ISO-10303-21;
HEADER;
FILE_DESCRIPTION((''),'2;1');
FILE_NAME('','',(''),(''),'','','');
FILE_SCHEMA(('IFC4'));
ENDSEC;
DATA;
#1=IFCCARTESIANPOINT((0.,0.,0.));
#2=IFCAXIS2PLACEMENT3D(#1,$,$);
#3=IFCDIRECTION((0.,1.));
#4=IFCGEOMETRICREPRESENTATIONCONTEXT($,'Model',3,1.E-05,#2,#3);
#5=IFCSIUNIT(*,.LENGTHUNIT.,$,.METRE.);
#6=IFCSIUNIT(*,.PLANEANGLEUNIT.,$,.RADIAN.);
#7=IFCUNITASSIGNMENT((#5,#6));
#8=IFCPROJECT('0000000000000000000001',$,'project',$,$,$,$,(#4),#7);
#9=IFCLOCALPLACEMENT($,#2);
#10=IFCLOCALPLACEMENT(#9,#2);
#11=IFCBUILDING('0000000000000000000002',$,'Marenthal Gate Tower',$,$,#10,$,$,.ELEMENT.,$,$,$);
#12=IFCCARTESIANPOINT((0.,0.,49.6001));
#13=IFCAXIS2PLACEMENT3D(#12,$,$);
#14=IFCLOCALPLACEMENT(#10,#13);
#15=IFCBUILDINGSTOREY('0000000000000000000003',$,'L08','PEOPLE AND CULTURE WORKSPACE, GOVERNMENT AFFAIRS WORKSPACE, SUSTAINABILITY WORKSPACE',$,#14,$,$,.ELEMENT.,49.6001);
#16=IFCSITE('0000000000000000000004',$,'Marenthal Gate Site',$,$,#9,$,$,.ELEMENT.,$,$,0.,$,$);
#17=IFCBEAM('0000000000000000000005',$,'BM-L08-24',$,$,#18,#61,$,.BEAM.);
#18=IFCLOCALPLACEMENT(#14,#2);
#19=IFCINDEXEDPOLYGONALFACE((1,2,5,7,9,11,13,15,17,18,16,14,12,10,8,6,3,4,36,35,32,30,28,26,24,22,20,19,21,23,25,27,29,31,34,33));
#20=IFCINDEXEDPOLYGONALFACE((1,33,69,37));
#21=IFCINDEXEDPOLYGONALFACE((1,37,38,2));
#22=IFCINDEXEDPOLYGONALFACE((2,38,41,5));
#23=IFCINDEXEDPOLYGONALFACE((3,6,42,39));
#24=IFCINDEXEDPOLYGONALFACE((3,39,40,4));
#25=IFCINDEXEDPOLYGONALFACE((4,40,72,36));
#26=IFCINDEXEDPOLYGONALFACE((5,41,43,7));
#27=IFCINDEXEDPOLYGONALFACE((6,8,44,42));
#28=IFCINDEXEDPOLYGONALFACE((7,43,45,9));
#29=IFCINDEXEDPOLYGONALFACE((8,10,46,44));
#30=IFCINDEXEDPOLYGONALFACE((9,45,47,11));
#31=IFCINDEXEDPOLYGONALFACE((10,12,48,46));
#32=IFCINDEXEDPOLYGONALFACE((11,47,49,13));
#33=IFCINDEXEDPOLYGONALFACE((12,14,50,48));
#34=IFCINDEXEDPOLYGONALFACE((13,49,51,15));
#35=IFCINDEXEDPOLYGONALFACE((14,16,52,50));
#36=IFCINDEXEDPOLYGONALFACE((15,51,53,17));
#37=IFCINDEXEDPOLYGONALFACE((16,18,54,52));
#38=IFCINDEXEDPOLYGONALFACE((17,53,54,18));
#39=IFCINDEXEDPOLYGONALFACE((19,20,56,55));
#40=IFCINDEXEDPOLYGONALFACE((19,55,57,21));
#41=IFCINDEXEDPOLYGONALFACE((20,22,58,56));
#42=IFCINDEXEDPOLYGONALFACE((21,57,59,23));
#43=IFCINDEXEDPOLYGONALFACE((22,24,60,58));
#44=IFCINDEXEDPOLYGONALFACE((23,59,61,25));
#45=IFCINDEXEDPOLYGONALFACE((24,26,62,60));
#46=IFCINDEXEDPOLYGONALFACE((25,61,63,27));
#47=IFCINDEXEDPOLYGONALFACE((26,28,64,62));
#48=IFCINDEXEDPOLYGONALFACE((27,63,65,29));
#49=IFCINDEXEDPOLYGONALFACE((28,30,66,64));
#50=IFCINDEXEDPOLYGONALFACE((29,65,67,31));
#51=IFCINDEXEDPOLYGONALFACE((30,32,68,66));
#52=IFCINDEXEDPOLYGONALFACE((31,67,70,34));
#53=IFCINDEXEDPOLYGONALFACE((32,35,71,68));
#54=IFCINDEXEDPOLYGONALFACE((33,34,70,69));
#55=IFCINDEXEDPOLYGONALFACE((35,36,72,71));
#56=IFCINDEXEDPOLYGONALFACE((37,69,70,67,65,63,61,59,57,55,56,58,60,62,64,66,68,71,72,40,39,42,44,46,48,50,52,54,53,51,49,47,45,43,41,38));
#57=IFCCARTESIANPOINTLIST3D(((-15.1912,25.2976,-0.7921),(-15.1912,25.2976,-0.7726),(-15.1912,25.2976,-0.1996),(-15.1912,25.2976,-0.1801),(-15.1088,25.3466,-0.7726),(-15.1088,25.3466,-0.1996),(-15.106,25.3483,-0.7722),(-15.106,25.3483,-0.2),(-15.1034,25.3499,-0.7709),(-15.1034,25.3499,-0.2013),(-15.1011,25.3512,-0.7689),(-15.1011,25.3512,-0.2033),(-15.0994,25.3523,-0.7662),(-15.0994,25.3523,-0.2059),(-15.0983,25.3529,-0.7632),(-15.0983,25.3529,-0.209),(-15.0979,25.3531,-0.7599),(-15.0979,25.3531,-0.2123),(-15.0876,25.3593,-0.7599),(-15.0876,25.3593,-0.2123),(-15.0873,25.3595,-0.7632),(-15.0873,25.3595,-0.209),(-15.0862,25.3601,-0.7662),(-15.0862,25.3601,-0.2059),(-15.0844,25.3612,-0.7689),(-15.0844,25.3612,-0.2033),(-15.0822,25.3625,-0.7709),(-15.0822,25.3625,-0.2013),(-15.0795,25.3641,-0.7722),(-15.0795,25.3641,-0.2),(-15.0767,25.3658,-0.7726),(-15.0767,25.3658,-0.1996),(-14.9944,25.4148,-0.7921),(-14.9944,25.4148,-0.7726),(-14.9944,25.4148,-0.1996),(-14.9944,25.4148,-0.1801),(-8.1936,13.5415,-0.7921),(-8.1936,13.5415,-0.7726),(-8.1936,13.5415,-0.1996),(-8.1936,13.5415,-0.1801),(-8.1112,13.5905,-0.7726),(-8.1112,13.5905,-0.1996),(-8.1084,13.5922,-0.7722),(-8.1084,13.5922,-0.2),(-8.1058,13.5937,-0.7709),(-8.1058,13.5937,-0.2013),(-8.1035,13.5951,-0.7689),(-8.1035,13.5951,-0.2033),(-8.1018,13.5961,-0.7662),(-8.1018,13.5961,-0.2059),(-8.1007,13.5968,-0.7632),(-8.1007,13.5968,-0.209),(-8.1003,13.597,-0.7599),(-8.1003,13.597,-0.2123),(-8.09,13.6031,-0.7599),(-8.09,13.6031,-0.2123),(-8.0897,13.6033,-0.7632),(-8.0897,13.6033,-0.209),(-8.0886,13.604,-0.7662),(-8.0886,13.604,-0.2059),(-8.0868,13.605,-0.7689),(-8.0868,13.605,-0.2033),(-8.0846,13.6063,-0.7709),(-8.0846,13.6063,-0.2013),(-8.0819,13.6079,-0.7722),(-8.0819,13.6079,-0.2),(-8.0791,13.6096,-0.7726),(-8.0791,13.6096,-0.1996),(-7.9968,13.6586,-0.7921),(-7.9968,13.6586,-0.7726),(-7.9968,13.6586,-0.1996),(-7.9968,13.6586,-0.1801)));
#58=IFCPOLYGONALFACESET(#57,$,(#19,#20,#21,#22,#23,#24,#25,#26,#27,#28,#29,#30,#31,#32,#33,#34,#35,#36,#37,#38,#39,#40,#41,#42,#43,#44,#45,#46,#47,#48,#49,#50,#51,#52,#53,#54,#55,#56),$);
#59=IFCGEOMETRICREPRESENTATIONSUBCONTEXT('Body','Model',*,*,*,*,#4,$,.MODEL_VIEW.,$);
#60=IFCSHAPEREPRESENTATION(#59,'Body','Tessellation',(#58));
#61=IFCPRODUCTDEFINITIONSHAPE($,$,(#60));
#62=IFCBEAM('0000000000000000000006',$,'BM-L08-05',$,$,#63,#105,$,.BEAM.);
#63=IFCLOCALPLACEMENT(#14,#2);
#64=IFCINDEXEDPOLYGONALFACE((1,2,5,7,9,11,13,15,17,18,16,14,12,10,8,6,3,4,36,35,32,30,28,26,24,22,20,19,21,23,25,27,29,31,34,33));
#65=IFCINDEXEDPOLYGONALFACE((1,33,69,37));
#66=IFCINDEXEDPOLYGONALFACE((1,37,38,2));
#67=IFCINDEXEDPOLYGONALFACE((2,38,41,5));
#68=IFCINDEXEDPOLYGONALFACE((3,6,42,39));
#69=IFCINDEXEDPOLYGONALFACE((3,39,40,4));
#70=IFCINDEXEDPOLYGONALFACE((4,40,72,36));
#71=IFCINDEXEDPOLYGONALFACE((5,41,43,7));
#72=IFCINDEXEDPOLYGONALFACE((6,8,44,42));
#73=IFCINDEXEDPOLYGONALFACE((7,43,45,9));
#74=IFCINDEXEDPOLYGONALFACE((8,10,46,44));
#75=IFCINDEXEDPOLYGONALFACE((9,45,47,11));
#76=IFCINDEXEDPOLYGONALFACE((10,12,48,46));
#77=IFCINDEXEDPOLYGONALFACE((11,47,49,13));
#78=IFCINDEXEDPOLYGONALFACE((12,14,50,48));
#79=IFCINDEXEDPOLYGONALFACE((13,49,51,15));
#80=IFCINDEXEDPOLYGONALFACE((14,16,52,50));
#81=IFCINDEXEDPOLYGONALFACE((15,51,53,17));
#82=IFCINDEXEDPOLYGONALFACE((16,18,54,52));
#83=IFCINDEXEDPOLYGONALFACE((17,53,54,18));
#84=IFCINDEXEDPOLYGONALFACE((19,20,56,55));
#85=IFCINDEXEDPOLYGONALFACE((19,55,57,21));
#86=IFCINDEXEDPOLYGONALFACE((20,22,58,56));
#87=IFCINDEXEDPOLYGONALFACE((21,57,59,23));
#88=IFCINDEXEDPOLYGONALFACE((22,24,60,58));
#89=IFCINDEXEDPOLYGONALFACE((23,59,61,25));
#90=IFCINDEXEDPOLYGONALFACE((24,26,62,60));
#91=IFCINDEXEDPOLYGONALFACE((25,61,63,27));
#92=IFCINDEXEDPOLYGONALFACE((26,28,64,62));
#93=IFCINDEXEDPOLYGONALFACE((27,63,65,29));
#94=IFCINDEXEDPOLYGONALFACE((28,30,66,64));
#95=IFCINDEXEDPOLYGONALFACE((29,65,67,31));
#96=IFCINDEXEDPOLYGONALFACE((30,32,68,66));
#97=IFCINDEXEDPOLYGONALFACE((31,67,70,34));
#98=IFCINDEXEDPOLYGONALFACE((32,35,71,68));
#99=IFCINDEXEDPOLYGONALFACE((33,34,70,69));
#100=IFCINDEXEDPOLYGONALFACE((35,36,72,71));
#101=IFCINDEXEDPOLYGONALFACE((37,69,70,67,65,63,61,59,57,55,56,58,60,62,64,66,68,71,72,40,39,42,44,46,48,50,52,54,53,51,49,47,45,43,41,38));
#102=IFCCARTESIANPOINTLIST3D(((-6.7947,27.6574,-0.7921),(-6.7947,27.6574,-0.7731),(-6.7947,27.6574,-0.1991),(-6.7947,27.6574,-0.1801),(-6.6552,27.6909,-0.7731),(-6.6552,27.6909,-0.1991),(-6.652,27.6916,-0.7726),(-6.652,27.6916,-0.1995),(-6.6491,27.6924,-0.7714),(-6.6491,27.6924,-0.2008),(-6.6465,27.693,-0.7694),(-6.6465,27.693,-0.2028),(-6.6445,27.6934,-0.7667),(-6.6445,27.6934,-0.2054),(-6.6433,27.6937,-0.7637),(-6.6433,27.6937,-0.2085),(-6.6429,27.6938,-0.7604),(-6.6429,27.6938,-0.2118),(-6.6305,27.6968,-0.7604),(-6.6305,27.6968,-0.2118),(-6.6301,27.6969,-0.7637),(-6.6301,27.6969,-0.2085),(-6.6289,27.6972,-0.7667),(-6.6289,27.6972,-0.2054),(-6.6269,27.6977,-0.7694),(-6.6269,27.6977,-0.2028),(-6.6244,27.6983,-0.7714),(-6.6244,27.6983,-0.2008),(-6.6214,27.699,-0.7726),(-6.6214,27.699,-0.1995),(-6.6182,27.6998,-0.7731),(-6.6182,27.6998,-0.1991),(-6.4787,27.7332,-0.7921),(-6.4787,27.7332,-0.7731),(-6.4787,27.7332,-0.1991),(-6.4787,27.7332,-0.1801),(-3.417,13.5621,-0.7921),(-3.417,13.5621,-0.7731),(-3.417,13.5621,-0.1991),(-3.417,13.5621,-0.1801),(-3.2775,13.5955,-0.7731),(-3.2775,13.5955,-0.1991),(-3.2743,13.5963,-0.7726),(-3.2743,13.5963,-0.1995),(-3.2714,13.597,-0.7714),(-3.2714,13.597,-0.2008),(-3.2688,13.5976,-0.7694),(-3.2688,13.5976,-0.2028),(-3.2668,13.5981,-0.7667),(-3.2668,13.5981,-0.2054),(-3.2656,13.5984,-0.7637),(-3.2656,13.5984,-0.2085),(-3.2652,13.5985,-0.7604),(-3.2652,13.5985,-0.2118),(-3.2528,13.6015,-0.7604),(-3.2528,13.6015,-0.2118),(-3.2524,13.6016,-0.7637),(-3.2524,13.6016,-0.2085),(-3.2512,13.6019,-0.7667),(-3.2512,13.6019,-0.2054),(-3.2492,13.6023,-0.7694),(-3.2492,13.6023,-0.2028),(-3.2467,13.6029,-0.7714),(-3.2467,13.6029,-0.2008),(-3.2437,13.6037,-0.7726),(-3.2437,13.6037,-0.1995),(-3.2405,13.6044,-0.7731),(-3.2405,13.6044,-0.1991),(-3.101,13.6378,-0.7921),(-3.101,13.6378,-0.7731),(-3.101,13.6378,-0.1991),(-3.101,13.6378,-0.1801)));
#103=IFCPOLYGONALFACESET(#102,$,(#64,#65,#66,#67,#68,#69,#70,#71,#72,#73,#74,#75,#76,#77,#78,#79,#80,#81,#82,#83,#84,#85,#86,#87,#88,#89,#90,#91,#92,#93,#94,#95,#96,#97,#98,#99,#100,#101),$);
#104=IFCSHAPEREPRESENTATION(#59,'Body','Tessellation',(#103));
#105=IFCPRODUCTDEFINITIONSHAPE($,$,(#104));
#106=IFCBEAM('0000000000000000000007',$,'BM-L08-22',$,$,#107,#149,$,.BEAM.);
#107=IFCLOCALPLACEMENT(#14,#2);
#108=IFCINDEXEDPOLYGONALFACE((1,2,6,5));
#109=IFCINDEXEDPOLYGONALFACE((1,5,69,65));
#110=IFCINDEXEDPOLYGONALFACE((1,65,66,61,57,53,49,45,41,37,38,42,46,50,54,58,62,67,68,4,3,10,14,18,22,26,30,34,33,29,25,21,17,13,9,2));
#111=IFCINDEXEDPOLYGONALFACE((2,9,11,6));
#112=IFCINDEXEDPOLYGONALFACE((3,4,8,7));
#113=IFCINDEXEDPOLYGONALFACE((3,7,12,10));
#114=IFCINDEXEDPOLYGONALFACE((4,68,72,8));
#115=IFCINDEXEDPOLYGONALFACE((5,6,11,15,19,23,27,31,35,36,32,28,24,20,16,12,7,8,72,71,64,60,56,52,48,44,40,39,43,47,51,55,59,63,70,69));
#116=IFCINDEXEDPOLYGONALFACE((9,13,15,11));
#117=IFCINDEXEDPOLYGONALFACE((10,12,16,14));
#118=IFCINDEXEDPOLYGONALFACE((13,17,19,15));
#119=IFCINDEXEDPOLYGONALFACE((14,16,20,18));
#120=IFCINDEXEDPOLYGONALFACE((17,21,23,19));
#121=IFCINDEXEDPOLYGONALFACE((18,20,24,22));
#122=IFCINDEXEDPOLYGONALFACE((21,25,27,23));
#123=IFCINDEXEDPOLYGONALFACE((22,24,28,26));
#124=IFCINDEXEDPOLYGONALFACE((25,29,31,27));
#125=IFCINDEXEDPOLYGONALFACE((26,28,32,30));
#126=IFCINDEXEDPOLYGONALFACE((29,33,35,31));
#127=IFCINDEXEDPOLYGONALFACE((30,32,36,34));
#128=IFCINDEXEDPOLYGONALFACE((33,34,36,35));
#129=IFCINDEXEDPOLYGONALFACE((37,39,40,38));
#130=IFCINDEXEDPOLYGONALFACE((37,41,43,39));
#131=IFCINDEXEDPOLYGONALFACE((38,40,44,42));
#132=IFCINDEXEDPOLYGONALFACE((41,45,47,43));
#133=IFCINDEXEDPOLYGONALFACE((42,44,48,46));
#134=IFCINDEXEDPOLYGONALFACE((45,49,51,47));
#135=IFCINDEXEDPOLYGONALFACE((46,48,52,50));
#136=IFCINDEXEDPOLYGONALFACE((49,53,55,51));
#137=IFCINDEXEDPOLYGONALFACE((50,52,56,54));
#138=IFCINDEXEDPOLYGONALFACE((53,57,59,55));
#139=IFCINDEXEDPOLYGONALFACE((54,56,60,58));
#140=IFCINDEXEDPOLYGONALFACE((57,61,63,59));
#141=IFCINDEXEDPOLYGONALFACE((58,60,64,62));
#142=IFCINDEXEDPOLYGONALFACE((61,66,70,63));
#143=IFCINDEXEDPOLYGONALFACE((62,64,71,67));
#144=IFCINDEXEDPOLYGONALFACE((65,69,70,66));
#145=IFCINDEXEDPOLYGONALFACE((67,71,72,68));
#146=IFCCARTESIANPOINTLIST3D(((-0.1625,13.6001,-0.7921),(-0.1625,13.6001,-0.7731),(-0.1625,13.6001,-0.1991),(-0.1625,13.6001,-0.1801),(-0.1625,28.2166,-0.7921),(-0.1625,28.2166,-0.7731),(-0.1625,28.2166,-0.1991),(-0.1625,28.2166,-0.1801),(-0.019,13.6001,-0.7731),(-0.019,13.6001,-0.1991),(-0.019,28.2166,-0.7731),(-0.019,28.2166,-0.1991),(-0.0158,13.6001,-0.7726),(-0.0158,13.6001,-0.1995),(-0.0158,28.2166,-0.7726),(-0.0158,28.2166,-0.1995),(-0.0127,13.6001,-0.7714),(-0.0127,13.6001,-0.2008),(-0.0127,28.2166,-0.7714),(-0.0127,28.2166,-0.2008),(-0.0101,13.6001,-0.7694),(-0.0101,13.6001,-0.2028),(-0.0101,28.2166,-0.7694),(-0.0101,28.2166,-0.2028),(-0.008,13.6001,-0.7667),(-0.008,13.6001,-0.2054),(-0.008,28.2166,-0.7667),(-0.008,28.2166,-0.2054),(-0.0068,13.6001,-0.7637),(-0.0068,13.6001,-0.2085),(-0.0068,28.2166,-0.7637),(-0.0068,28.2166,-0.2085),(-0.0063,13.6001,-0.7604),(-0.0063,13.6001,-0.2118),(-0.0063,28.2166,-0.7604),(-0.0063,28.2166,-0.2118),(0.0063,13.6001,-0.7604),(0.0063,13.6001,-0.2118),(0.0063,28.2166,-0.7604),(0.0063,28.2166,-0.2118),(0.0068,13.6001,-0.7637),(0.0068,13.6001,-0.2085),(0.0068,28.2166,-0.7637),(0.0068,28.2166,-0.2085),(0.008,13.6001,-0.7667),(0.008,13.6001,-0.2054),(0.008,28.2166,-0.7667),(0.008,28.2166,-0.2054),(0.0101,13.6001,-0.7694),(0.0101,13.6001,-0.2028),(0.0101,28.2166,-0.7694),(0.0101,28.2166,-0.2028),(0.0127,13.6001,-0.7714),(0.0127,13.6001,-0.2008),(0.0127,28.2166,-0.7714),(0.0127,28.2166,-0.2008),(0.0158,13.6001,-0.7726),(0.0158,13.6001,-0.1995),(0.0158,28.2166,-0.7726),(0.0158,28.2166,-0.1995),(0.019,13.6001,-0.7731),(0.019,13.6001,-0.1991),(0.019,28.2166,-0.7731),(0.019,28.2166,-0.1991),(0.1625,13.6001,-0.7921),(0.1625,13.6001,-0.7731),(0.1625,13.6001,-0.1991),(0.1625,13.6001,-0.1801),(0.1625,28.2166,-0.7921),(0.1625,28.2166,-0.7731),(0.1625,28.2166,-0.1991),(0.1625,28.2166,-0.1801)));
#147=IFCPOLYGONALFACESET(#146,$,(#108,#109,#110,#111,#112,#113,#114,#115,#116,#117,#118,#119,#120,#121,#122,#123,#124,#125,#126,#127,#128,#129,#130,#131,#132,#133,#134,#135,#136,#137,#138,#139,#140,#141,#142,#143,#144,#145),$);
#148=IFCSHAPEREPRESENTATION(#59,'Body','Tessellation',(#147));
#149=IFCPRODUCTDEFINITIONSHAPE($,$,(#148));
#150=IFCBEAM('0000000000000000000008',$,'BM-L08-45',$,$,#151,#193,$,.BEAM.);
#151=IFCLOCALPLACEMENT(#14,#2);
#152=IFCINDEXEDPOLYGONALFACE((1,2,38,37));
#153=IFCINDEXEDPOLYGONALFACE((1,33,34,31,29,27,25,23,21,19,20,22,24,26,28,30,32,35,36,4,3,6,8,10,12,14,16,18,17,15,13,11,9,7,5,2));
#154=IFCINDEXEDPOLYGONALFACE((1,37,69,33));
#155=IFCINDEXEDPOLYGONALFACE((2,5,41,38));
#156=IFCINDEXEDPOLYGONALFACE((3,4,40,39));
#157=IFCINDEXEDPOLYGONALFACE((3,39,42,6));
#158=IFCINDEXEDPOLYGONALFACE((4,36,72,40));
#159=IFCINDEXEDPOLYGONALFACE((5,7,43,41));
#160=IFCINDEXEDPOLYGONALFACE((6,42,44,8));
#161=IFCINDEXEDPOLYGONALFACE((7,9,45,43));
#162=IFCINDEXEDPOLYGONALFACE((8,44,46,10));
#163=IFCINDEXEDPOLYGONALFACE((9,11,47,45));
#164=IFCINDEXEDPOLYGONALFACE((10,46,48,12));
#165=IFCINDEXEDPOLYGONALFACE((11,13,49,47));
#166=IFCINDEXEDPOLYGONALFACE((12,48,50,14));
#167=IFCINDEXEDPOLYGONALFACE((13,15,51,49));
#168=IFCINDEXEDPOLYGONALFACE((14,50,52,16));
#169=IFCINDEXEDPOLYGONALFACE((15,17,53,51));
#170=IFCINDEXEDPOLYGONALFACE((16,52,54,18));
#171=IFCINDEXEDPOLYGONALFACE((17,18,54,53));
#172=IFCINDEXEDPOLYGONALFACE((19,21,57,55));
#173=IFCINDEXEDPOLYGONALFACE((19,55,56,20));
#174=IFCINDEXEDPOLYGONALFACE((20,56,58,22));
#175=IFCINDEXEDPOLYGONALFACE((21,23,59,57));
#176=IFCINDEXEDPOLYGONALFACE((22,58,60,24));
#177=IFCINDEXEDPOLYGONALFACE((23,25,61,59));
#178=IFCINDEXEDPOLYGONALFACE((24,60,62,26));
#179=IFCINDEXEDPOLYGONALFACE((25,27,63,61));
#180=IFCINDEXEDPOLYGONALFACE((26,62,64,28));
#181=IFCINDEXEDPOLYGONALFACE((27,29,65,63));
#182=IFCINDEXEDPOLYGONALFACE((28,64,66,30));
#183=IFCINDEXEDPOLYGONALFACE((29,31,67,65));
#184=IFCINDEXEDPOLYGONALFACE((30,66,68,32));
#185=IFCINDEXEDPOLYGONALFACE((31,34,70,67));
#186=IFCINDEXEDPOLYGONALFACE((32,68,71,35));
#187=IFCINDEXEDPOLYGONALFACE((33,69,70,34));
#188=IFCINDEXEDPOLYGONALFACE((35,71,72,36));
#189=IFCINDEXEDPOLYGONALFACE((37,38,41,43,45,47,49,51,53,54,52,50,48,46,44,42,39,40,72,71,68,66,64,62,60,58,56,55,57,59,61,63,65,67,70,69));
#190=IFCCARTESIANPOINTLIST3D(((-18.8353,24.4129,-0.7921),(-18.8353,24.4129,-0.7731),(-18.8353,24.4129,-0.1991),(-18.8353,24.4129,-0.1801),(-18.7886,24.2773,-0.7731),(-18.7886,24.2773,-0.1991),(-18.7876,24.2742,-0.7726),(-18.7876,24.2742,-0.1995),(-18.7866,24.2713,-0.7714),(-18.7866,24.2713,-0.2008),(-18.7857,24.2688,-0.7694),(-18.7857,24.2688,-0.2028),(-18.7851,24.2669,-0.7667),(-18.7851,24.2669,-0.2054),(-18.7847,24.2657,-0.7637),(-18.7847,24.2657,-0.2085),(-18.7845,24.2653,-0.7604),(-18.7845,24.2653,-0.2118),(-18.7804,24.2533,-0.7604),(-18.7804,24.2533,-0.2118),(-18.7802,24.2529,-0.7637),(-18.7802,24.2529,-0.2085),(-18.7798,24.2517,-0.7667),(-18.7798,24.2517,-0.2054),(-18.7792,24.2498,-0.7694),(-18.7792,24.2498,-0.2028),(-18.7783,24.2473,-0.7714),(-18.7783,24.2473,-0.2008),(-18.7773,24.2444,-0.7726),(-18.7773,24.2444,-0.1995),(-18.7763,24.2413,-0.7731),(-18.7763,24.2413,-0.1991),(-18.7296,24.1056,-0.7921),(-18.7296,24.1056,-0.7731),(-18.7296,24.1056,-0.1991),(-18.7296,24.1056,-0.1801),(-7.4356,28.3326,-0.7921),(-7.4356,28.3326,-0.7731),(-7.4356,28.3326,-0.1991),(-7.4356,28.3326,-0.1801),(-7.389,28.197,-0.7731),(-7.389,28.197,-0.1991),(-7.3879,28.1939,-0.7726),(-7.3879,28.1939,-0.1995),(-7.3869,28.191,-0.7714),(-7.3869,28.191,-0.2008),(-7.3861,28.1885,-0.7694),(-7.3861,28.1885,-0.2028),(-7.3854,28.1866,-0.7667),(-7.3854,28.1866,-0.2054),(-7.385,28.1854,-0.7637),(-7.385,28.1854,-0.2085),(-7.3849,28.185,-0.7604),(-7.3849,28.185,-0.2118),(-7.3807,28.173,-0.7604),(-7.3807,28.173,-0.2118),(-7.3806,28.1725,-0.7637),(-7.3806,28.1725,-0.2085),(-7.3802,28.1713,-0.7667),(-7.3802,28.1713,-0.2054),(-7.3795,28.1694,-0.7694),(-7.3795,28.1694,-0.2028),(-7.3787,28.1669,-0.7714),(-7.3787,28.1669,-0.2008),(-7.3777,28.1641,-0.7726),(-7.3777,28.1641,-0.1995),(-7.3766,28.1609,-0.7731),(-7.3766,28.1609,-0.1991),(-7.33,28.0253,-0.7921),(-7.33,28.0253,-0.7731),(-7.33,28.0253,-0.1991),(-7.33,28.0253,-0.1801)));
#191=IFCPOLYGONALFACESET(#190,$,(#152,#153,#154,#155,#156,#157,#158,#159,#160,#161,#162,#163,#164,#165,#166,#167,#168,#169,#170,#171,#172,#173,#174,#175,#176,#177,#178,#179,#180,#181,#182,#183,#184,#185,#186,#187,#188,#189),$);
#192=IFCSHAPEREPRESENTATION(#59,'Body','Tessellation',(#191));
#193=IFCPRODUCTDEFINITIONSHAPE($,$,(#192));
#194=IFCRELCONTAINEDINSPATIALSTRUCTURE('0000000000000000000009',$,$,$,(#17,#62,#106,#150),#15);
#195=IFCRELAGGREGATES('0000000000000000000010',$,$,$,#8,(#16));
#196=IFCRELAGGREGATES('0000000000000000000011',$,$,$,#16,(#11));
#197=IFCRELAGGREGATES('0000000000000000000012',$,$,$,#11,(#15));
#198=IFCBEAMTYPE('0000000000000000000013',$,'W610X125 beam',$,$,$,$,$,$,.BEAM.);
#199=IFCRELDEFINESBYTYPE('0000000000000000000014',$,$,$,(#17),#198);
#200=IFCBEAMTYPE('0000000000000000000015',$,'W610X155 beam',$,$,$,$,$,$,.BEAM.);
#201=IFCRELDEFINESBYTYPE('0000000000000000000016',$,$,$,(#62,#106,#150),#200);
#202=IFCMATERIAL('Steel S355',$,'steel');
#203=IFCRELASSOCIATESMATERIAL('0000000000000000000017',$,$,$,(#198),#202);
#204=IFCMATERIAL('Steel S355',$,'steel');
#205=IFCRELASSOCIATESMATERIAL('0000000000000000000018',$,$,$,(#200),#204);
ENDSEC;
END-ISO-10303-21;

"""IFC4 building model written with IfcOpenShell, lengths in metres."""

from ifc_helpers import new_model, si_unit, direction, frame, origin, origin_2d, place, context, subcontext, project, spatial, i_section, extrude, material, material_profile, profile_set, type_object, element, save


model = new_model("IFC4")

# Units and contexts
model_context = context("Model", 3, precision=1e-05, world=origin(), true_north=direction((0.0, 1.0)))
body_context = subcontext(model_context, "Body", "Model", "MODEL_VIEW")
ifc_project = project(units=[si_unit("LENGTHUNIT", "METRE"), si_unit("PLANEANGLEUNIT", "RADIAN")], contexts=[model_context])

# Site, building, storey
site_placement = place(None, origin())
site = spatial("IfcSite", under=ifc_project, at=site_placement, Name="Marenthal Gate Site", CompositionType="ELEMENT", RefElevation=0.0)
building_placement = place(site_placement, origin())
building = spatial("IfcBuilding", under=site, at=building_placement, Name="Marenthal Gate Tower", CompositionType="ELEMENT")
storey_placement = place(building_placement, frame((0.0, 0.0, 49.6001)))
storey = spatial("IfcBuildingStorey", under=building, at=storey_placement, Name="L08", Description="PEOPLE AND CULTURE WORKSPACE, GOVERNMENT AFFAIRS WORKSPACE, SUSTAINABILITY WORKSPACE", CompositionType="ELEMENT", Elevation=49.6001)

# Beams
ifc_material_1 = material(Name="Steel S355", Category="steel")
ifc_material_profile_1 = material_profile(ifc_material_1, i_section(OverallWidth=0.229, OverallDepth=0.6121, WebThickness=0.012, FlangeThickness=0.0195, FilletRadius=0.0127, at=origin_2d()), Name="W610X125")
ifc_profile_set_1 = profile_set([ifc_material_profile_1], Name="Steel S355")
beam_type_1 = type_object("IfcBeamType", Name="W610X125 beam", PredefinedType="BEAM", material=ifc_profile_set_1)
beam_1_placement = place(storey_placement, frame((-15.0928, 25.3562, -0.4861), z_axis=(0.511477, -0.859297, 0.0), x_axis=(0.859297, 0.511477, 0.0)))
element("IfcBeam", 1, at=beam_1_placement, inside=storey, type_object=beam_type_1, Name="BM-L08-24", PredefinedType="BEAM", context=body_context, shape_type="SweptSolid", body=[
    extrude(i_section(OverallWidth=0.229, OverallDepth=0.6121, WebThickness=0.012, FlangeThickness=0.0195, FilletRadius=0.0127, at=origin_2d()), origin(), (0.0, 0.0, 1.0), 13.6812),
])
ifc_material_2 = material(Name="Steel S355", Category="steel")
ifc_material_profile_2 = material_profile(ifc_material_2, i_section(OverallWidth=0.325, OverallDepth=0.6121, WebThickness=0.0127, FlangeThickness=0.019, FilletRadius=0.0127, at=origin_2d()), Name="W610X155")
ifc_profile_set_2 = profile_set([ifc_material_profile_2], Name="Steel S355")
beam_type_2 = type_object("IfcBeamType", Name="W610X155 beam", PredefinedType="BEAM", material=ifc_profile_set_2)
beam_2_placement = place(storey_placement, frame((-6.6367, 27.6953, -0.4861), z_axis=(0.233036, -0.972468, 0.0), x_axis=(0.972468, 0.233036, 0.0)))
element("IfcBeam", 2, at=beam_2_placement, inside=storey, type_object=beam_type_2, Name="BM-L08-05", PredefinedType="BEAM", context=body_context, shape_type="SweptSolid", body=[
    extrude(i_section(OverallWidth=0.325, OverallDepth=0.6121, WebThickness=0.0127, FlangeThickness=0.019, FilletRadius=0.0127, at=origin_2d()), origin(), (0.0, 0.0, 1.0), 14.4944),
])
beam_3_placement = place(storey_placement, frame((0.0, 28.2166, -0.4861), z_axis=(0.0, -1.0, 0.0), x_axis=(1.0, 0.0, 0.0)))
element("IfcBeam", 3, at=beam_3_placement, inside=storey, type_object=beam_type_2, Name="BM-L08-22", PredefinedType="BEAM", context=body_context, shape_type="SweptSolid", body=[
    extrude(i_section(OverallWidth=0.325, OverallDepth=0.6121, WebThickness=0.0127, FlangeThickness=0.019, FilletRadius=0.0127, at=origin_2d()), origin(), (0.0, 0.0, 1.0), 14.6165),
])
beam_4_placement = place(storey_placement, frame((-7.3828, 28.179, -0.4861), z_axis=(-0.94566, -0.325157, 0.0), x_axis=(0.325157, -0.94566, 0.0)))
element("IfcBeam", 4, at=beam_4_placement, inside=storey, type_object=beam_type_2, Name="BM-L08-45", PredefinedType="BEAM", context=body_context, shape_type="SweptSolid", body=[
    extrude(i_section(OverallWidth=0.325, OverallDepth=0.6121, WebThickness=0.0127, FlangeThickness=0.019, FilletRadius=0.0127, at=origin_2d()), origin(), (0.0, 0.0, 1.0), 12.0547),
])

save(model, "model.ifc")
